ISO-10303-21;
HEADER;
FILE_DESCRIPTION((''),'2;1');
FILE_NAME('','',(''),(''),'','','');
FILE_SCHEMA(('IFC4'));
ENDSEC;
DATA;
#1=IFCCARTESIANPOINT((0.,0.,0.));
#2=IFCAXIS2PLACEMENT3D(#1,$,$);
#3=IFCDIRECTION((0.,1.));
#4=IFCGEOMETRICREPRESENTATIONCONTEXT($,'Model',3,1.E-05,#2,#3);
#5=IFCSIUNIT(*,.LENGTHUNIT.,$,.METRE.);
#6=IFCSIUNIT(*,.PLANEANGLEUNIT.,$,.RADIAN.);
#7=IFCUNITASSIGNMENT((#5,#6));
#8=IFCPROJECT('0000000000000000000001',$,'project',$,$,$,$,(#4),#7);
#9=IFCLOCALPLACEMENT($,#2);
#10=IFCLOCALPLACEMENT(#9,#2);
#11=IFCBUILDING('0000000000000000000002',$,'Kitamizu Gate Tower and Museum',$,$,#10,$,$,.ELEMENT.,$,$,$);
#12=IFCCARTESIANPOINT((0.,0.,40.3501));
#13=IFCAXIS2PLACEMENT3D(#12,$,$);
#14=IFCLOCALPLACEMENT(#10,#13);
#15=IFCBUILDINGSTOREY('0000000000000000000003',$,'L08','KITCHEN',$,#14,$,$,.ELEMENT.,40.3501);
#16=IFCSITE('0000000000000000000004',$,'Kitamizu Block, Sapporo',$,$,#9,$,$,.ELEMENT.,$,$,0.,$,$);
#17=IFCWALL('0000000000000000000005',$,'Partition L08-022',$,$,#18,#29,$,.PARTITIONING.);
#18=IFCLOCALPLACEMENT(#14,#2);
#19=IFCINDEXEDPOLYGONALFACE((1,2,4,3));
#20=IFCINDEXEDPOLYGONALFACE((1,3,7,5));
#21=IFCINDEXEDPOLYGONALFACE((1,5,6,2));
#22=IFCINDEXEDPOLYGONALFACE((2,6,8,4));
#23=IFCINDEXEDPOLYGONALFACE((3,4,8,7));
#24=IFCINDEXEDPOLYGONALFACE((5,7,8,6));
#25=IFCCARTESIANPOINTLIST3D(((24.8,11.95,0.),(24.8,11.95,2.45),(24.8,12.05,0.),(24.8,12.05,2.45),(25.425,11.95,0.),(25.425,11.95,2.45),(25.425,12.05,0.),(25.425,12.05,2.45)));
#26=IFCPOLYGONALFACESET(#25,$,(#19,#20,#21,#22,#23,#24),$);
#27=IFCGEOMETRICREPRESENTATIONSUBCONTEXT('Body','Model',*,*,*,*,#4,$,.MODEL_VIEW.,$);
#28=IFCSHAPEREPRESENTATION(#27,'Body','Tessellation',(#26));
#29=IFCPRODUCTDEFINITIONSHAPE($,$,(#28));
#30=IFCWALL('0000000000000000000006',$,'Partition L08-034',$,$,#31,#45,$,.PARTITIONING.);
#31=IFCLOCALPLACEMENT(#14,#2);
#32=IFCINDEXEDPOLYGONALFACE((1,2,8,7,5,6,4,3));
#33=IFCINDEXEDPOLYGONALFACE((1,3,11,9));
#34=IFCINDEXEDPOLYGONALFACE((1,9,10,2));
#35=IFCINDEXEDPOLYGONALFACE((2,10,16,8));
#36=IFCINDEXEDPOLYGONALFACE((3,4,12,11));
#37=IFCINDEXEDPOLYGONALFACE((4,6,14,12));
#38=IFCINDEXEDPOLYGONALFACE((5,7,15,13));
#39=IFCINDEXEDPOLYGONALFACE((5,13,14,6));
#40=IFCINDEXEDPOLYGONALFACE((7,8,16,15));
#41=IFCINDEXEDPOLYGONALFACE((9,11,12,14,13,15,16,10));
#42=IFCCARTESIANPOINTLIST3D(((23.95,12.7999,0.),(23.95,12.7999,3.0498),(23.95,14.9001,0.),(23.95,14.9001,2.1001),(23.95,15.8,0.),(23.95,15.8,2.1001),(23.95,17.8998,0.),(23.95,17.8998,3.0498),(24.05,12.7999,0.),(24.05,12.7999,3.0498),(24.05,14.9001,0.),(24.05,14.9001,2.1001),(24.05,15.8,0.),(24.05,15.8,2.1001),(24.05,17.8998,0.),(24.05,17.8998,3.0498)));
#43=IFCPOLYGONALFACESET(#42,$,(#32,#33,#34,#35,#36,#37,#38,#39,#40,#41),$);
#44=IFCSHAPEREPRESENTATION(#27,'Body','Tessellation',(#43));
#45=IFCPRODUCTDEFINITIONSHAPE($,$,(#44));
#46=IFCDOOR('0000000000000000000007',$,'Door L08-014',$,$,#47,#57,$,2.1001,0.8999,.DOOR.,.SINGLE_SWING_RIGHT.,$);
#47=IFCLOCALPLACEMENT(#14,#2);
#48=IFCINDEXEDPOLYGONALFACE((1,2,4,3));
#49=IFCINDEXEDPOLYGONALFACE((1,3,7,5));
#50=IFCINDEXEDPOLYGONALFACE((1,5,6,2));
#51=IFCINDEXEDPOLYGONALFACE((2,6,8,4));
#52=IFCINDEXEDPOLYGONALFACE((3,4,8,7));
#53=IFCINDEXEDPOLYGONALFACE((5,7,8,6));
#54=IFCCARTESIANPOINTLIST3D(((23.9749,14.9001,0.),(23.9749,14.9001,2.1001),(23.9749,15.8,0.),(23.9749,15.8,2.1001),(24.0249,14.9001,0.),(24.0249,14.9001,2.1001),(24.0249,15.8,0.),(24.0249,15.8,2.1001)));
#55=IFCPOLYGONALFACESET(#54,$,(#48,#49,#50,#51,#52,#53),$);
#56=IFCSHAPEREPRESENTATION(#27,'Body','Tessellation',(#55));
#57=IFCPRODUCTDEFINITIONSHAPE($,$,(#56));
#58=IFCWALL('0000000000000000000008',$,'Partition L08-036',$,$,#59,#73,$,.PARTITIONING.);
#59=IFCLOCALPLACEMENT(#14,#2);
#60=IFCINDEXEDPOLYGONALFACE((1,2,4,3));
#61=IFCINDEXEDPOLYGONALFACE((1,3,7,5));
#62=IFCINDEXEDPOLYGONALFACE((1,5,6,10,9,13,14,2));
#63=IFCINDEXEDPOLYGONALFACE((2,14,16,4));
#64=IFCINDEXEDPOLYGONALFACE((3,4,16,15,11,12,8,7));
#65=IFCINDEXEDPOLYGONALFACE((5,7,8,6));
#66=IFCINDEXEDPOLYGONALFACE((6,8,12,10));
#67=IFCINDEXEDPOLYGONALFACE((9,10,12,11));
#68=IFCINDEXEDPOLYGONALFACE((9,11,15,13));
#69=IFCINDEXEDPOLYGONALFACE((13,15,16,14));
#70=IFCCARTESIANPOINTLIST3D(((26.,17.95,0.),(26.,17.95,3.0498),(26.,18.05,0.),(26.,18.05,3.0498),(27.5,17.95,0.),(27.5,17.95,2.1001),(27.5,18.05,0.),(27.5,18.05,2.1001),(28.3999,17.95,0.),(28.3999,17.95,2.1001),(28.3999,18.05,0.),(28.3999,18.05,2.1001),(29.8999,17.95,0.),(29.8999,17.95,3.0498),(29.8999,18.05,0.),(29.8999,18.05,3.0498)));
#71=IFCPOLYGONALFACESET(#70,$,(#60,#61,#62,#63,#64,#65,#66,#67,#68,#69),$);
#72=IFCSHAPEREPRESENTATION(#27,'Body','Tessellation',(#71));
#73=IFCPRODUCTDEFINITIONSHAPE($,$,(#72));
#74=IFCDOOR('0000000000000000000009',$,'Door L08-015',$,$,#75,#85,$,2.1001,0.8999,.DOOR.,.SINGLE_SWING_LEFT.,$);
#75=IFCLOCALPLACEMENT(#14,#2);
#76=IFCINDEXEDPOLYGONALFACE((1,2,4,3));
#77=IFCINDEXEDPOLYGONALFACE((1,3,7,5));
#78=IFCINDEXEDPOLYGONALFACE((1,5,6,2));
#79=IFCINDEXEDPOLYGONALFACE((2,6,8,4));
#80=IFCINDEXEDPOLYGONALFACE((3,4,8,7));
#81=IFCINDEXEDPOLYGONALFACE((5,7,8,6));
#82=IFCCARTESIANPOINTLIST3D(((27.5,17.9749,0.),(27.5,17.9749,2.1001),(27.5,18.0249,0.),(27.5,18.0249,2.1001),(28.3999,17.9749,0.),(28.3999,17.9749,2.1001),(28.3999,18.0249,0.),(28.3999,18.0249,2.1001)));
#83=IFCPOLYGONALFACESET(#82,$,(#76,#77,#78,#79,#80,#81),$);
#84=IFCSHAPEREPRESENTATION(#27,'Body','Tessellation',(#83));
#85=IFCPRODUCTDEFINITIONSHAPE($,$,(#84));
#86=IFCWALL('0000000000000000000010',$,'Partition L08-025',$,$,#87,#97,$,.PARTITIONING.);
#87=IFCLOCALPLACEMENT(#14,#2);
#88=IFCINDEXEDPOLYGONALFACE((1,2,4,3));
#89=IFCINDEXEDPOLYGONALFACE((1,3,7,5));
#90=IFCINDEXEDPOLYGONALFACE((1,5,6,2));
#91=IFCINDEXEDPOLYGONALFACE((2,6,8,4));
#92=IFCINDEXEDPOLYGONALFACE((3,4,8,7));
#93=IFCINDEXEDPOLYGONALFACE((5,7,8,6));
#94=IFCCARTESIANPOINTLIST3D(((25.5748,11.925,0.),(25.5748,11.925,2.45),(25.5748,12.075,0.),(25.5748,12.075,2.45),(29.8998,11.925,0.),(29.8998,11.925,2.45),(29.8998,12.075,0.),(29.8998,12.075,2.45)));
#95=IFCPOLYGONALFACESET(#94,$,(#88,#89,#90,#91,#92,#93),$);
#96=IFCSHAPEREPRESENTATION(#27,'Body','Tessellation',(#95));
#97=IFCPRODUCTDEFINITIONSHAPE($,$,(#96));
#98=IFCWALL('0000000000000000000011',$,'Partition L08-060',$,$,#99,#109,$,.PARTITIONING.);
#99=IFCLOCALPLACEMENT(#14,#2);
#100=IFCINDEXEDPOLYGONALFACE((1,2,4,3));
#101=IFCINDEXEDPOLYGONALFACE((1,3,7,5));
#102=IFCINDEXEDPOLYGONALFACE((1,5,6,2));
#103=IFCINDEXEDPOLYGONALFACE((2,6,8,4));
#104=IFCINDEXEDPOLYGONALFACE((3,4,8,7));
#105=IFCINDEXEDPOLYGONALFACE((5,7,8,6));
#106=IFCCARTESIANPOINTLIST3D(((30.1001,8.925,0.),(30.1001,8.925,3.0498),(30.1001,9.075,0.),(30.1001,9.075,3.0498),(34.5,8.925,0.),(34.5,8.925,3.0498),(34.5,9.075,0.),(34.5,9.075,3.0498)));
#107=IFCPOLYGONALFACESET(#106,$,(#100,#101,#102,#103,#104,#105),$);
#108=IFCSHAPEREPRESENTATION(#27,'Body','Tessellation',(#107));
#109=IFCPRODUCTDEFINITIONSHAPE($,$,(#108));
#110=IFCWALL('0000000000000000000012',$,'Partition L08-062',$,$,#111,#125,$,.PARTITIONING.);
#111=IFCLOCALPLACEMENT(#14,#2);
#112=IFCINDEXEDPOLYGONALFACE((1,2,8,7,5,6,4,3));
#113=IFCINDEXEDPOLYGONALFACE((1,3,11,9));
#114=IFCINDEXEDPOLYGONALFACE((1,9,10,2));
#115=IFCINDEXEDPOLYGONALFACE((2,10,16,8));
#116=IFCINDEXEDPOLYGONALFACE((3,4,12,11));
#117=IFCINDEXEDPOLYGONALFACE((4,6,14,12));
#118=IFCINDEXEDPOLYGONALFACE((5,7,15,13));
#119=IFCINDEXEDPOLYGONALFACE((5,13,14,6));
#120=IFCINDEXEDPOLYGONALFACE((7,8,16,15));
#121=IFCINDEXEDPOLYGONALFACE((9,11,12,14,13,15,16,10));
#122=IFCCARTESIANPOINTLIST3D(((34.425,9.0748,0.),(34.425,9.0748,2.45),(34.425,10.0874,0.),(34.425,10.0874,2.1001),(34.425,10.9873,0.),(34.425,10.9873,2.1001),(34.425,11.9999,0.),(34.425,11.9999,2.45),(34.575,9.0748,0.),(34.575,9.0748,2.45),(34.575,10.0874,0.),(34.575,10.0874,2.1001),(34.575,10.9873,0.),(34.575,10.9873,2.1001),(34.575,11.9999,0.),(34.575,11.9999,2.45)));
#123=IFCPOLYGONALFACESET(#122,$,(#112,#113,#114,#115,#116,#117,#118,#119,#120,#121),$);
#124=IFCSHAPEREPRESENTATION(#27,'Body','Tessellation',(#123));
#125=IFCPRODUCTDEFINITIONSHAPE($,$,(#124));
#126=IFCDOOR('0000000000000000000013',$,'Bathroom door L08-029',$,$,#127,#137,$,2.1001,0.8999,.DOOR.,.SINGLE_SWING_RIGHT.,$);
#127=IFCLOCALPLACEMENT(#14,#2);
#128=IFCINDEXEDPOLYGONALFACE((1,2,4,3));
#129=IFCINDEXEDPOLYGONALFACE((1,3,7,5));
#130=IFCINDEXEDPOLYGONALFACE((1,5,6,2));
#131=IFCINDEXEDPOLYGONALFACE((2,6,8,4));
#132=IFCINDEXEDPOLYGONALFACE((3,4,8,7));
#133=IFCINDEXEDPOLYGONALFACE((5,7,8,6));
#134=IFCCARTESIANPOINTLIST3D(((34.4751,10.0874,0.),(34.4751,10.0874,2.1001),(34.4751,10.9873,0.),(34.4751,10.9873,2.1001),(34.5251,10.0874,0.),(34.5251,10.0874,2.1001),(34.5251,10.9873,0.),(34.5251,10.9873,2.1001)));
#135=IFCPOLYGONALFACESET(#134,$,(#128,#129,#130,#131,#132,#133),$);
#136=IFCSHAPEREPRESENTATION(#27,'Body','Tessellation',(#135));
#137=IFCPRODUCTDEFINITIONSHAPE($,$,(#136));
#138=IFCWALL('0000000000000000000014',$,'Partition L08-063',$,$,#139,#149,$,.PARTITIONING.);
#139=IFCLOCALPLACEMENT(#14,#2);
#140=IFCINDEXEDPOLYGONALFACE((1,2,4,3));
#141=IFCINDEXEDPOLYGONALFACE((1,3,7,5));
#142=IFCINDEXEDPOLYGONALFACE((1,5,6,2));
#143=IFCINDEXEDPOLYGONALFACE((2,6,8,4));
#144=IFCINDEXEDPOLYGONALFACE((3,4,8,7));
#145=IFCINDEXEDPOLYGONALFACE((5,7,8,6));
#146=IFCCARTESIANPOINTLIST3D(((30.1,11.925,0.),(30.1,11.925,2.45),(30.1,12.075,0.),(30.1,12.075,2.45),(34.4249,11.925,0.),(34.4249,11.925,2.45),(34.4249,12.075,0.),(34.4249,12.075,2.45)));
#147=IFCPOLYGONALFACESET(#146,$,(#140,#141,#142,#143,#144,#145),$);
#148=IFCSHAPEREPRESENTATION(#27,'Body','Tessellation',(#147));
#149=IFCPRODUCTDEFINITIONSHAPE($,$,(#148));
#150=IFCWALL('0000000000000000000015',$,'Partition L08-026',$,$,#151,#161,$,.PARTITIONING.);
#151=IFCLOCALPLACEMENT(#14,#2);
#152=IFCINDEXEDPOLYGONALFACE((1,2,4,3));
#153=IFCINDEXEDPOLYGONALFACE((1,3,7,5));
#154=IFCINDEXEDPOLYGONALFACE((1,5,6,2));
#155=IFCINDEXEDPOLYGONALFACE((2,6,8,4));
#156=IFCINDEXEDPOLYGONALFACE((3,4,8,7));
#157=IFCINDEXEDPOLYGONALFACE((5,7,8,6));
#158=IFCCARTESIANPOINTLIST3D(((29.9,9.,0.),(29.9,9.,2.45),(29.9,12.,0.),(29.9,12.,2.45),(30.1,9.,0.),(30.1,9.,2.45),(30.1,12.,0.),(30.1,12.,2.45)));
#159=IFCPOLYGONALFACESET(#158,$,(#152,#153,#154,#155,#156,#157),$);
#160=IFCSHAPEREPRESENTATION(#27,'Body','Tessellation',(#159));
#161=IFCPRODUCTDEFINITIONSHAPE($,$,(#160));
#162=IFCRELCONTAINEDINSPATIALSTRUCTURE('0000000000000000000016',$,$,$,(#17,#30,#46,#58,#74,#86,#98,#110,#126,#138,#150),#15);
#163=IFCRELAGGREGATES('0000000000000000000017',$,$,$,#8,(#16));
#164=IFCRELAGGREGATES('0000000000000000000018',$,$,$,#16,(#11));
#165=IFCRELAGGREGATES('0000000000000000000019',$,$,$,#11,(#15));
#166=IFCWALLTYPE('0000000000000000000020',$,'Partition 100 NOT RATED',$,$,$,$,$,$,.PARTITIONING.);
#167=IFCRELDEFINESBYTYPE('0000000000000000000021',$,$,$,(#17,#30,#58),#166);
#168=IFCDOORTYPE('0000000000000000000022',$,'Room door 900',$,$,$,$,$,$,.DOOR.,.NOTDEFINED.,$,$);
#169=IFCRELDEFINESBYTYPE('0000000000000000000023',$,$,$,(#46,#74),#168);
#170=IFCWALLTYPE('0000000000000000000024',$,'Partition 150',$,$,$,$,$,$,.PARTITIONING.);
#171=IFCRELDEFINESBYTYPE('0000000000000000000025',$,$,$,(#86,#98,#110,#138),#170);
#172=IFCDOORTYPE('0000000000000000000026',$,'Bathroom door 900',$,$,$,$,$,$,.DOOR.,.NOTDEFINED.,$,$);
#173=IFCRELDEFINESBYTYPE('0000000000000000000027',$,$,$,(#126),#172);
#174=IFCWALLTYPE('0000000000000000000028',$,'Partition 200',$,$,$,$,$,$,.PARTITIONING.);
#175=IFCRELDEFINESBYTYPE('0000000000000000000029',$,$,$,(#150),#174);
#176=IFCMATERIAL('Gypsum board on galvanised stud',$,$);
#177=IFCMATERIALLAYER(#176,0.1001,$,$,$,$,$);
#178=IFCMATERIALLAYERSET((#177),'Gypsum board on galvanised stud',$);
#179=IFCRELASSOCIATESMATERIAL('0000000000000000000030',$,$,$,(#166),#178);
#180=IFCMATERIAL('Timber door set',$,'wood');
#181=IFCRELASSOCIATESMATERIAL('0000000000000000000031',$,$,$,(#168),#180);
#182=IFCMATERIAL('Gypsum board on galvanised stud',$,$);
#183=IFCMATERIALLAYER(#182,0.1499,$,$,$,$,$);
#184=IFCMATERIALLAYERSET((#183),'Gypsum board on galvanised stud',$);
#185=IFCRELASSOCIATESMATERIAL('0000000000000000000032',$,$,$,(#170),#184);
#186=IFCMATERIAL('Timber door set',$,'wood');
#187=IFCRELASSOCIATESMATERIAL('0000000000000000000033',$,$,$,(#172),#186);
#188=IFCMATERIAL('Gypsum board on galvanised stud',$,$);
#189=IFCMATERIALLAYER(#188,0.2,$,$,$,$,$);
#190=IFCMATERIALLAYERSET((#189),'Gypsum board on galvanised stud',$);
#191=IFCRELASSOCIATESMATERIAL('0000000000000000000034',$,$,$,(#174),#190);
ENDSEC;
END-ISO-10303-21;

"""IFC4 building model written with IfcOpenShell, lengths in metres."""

from ifc_helpers import new_model, si_unit, direction, frame, frame_2d, origin, place, context, subcontext, project, spatial, rectangle, extrude, material, layer, layer_set, type_object, element, fill, save


model = new_model("IFC4")

# Units and contexts
model_context = context("Model", 3, precision=1e-05, world=origin(), true_north=direction((0.0, 1.0)))
body_context = subcontext(model_context, "Body", "Model", "MODEL_VIEW")
ifc_project = project(units=[si_unit("LENGTHUNIT", "METRE"), si_unit("PLANEANGLEUNIT", "RADIAN")], contexts=[model_context])

# Site, building, storey
site_placement = place(None, origin())
site = spatial("IfcSite", under=ifc_project, at=site_placement, Name="Kitamizu Block, Sapporo", CompositionType="ELEMENT", RefElevation=0.0)
building_placement = place(site_placement, origin())
building = spatial("IfcBuilding", under=site, at=building_placement, Name="Kitamizu Gate Tower and Museum", CompositionType="ELEMENT")
storey_placement = place(building_placement, frame((0.0, 0.0, 40.3501)))
storey = spatial("IfcBuildingStorey", under=building, at=storey_placement, Name="L08", Description="KITCHEN", CompositionType="ELEMENT", Elevation=40.3501)

# Wall
ifc_material_1 = material(Name="Gypsum board on galvanised stud")
ifc_layer_1 = layer(ifc_material_1, 0.1001)
ifc_layer_set_1 = layer_set([ifc_layer_1], Name="Gypsum board on galvanised stud")
wall_type_1 = type_object("IfcWallType", Name="Partition 100 NOT RATED", PredefinedType="PARTITIONING", material=ifc_layer_set_1)
wall_1_placement = place(storey_placement, frame((25.425, 12.0, 0.0), z_axis=(0.0, 0.0, 1.0), x_axis=(-1.0, 0.0, 0.0)))
element("IfcWall", 1, at=wall_1_placement, inside=storey, type_object=wall_type_1, Name="Partition L08-022", PredefinedType="PARTITIONING", context=body_context, shape_type="SweptSolid", body=[
    extrude(rectangle(XDim=0.625, YDim=0.1001, at=frame_2d((0.3125, 0.0))), origin(), (0.0, 0.0, 1.0), 2.45),
])

# Walls, openings, doors
wall_2_placement = place(storey_placement, frame((24.0, 12.8, 0.0), z_axis=(0.0, 0.0, 1.0), x_axis=(0.0, 1.0, 0.0)))
wall_2 = element("IfcWall", 2, at=wall_2_placement, inside=storey, type_object=wall_type_1, Name="Partition L08-034", PredefinedType="PARTITIONING", context=body_context, shape_type="SweptSolid", body=[
    extrude(rectangle(XDim=5.0999, YDim=0.1001, at=frame_2d((2.5498, 0.0))), origin(), (0.0, 0.0, 1.0), 3.0498),
])
opening_1_placement = place(wall_2_placement, frame((2.1001, 0.0, 0.0)))
opening_1 = element("IfcOpeningElement", 3, at=opening_1_placement, cuts=wall_2, PredefinedType="OPENING", context=body_context, shape_type="SweptSolid", body=[
    extrude(rectangle(XDim=0.8999, YDim=2.1001, at=frame_2d((0.45, 1.05))), frame((0.0, 0.0601, 0.0), z_axis=(0.0, -1.0, 0.0), x_axis=(1.0, 0.0, 0.0)), (0.0, 0.0, 1.0), 0.1201),
])
ifc_material_2 = material(Name="Timber door set", Category="wood")
door_type_1 = type_object("IfcDoorType", Name="Room door 900", OperationType="NOTDEFINED", PredefinedType="DOOR", material=ifc_material_2)
door_1_placement = place(opening_1_placement, frame((0.8999, 0.0, 0.0), x_axis=(-1.0, 0.0, 0.0)))
door_1 = element("IfcDoor", 4, at=door_1_placement, inside=storey, type_object=door_type_1, Name="Door L08-014", OperationType="SINGLE_SWING_RIGHT", OverallHeight=2.1001, OverallWidth=0.8999, PredefinedType="DOOR", context=body_context, shape_type="SweptSolid", body=[
    extrude(rectangle(XDim=0.8999, YDim=2.1001, at=frame_2d((0.45, 1.05))), frame((0.0, 0.0249, 0.0), z_axis=(0.0, -1.0, 0.0), x_axis=(1.0, 0.0, 0.0)), (0.0, 0.0, 1.0), 0.05),
])
fill(opening_1, door_1)
wall_3_placement = place(storey_placement, frame((29.8999, 18.0, 0.0), z_axis=(0.0, 0.0, 1.0), x_axis=(-1.0, 0.0, 0.0)))
wall_3 = element("IfcWall", 5, at=wall_3_placement, inside=storey, type_object=wall_type_1, Name="Partition L08-036", PredefinedType="PARTITIONING", context=body_context, shape_type="SweptSolid", body=[
    extrude(rectangle(XDim=3.8999, YDim=0.1001, at=frame_2d((1.95, 0.0))), origin(), (0.0, 0.0, 1.0), 3.0498),
])
opening_2_placement = place(wall_3_placement, frame((1.5, 0.0, 0.0)))
opening_2 = element("IfcOpeningElement", 6, at=opening_2_placement, cuts=wall_3, PredefinedType="OPENING", context=body_context, shape_type="SweptSolid", body=[
    extrude(rectangle(XDim=0.8999, YDim=2.1001, at=frame_2d((0.45, 1.05))), frame((0.0, 0.0601, 0.0), z_axis=(0.0, -1.0, 0.0), x_axis=(1.0, 0.0, 0.0)), (0.0, 0.0, 1.0), 0.1201),
])
door_2_placement = place(opening_2_placement, frame((0.8999, 0.0, 0.0), x_axis=(-1.0, 0.0, 0.0)))
door_2 = element("IfcDoor", 7, at=door_2_placement, inside=storey, type_object=door_type_1, Name="Door L08-015", OperationType="SINGLE_SWING_LEFT", OverallHeight=2.1001, OverallWidth=0.8999, PredefinedType="DOOR", context=body_context, shape_type="SweptSolid", body=[
    extrude(rectangle(XDim=0.8999, YDim=2.1001, at=frame_2d((0.45, 1.05))), frame((0.0, 0.0249, 0.0), z_axis=(0.0, -1.0, 0.0), x_axis=(1.0, 0.0, 0.0)), (0.0, 0.0, 1.0), 0.05),
])
fill(opening_2, door_2)

# Walls
ifc_material_3 = material(Name="Gypsum board on galvanised stud")
ifc_layer_2 = layer(ifc_material_3, 0.1499)
ifc_layer_set_2 = layer_set([ifc_layer_2], Name="Gypsum board on galvanised stud")
wall_type_2 = type_object("IfcWallType", Name="Partition 150", PredefinedType="PARTITIONING", material=ifc_layer_set_2)
wall_4_placement = place(storey_placement, frame((29.8999, 12.0, 0.0), z_axis=(0.0, 0.0, 1.0), x_axis=(-1.0, 0.0, 0.0)))
element("IfcWall", 8, at=wall_4_placement, inside=storey, type_object=wall_type_2, Name="Partition L08-025", PredefinedType="PARTITIONING", context=body_context, shape_type="SweptSolid", body=[
    extrude(rectangle(XDim=4.325, YDim=0.1499, at=frame_2d((2.1626, 0.0))), origin(), (0.0, 0.0, 1.0), 2.45),
])
wall_5_placement = place(storey_placement, frame((34.5, 9.0, 0.0), z_axis=(0.0, 0.0, 1.0), x_axis=(-1.0, 0.0, 0.0)))
element("IfcWall", 9, at=wall_5_placement, inside=storey, type_object=wall_type_2, Name="Partition L08-060", PredefinedType="PARTITIONING", context=body_context, shape_type="SweptSolid", body=[
    extrude(rectangle(XDim=4.3999, YDim=0.1499, at=frame_2d((2.2, 0.0))), origin(), (0.0, 0.0, 1.0), 3.0498),
])

# Wall, opening, door
wall_6_placement = place(storey_placement, frame((34.5, 9.075, 0.0), z_axis=(0.0, 0.0, 1.0), x_axis=(0.0, 1.0, 0.0)))
wall_6 = element("IfcWall", 10, at=wall_6_placement, inside=storey, type_object=wall_type_2, Name="Partition L08-062", PredefinedType="PARTITIONING", context=body_context, shape_type="SweptSolid", body=[
    extrude(rectangle(XDim=2.925, YDim=0.1499, at=frame_2d((1.4624, 0.0))), origin(), (0.0, 0.0, 1.0), 2.45),
])
opening_3_placement = place(wall_6_placement, frame((1.0125, 0.0, 0.0)))
opening_3 = element("IfcOpeningElement", 11, at=opening_3_placement, cuts=wall_6, PredefinedType="OPENING", context=body_context, shape_type="SweptSolid", body=[
    extrude(rectangle(XDim=0.8999, YDim=2.1001, at=frame_2d((0.45, 1.05))), frame((0.0, 0.085, 0.0), z_axis=(0.0, -1.0, 0.0), x_axis=(1.0, 0.0, 0.0)), (0.0, 0.0, 1.0), 0.1699),
])
ifc_material_4 = material(Name="Timber door set", Category="wood")
door_type_2 = type_object("IfcDoorType", Name="Bathroom door 900", OperationType="NOTDEFINED", PredefinedType="DOOR", material=ifc_material_4)
door_3_placement = place(opening_3_placement, origin())
door_3 = element("IfcDoor", 12, at=door_3_placement, inside=storey, type_object=door_type_2, Name="Bathroom door L08-029", OperationType="SINGLE_SWING_RIGHT", OverallHeight=2.1001, OverallWidth=0.8999, PredefinedType="DOOR", context=body_context, shape_type="SweptSolid", body=[
    extrude(rectangle(XDim=0.8999, YDim=2.1001, at=frame_2d((0.45, 1.05))), frame((0.0, 0.0249, 0.0), z_axis=(0.0, -1.0, 0.0), x_axis=(1.0, 0.0, 0.0)), (0.0, 0.0, 1.0), 0.05),
])
fill(opening_3, door_3)

# Walls
wall_7_placement = place(storey_placement, frame((34.425, 12.0, 0.0), z_axis=(0.0, 0.0, 1.0), x_axis=(-1.0, 0.0, 0.0)))
element("IfcWall", 13, at=wall_7_placement, inside=storey, type_object=wall_type_2, Name="Partition L08-063", PredefinedType="PARTITIONING", context=body_context, shape_type="SweptSolid", body=[
    extrude(rectangle(XDim=4.325, YDim=0.1499, at=frame_2d((2.1626, 0.0))), origin(), (0.0, 0.0, 1.0), 2.45),
])
ifc_material_5 = material(Name="Gypsum board on galvanised stud")
ifc_layer_3 = layer(ifc_material_5, 0.2)
ifc_layer_set_3 = layer_set([ifc_layer_3], Name="Gypsum board on galvanised stud")
wall_type_3 = type_object("IfcWallType", Name="Partition 200", PredefinedType="PARTITIONING", material=ifc_layer_set_3)
wall_8_placement = place(storey_placement, frame((30.0, 9.0, 0.0), z_axis=(0.0, 0.0, 1.0), x_axis=(0.0, 1.0, 0.0)))
element("IfcWall", 14, at=wall_8_placement, inside=storey, type_object=wall_type_3, Name="Partition L08-026", PredefinedType="PARTITIONING", context=body_context, shape_type="SweptSolid", body=[
    extrude(rectangle(XDim=3.0, YDim=0.2, at=frame_2d((1.5, 0.0))), origin(), (0.0, 0.0, 1.0), 2.45),
])

save(model, "model.ifc")
